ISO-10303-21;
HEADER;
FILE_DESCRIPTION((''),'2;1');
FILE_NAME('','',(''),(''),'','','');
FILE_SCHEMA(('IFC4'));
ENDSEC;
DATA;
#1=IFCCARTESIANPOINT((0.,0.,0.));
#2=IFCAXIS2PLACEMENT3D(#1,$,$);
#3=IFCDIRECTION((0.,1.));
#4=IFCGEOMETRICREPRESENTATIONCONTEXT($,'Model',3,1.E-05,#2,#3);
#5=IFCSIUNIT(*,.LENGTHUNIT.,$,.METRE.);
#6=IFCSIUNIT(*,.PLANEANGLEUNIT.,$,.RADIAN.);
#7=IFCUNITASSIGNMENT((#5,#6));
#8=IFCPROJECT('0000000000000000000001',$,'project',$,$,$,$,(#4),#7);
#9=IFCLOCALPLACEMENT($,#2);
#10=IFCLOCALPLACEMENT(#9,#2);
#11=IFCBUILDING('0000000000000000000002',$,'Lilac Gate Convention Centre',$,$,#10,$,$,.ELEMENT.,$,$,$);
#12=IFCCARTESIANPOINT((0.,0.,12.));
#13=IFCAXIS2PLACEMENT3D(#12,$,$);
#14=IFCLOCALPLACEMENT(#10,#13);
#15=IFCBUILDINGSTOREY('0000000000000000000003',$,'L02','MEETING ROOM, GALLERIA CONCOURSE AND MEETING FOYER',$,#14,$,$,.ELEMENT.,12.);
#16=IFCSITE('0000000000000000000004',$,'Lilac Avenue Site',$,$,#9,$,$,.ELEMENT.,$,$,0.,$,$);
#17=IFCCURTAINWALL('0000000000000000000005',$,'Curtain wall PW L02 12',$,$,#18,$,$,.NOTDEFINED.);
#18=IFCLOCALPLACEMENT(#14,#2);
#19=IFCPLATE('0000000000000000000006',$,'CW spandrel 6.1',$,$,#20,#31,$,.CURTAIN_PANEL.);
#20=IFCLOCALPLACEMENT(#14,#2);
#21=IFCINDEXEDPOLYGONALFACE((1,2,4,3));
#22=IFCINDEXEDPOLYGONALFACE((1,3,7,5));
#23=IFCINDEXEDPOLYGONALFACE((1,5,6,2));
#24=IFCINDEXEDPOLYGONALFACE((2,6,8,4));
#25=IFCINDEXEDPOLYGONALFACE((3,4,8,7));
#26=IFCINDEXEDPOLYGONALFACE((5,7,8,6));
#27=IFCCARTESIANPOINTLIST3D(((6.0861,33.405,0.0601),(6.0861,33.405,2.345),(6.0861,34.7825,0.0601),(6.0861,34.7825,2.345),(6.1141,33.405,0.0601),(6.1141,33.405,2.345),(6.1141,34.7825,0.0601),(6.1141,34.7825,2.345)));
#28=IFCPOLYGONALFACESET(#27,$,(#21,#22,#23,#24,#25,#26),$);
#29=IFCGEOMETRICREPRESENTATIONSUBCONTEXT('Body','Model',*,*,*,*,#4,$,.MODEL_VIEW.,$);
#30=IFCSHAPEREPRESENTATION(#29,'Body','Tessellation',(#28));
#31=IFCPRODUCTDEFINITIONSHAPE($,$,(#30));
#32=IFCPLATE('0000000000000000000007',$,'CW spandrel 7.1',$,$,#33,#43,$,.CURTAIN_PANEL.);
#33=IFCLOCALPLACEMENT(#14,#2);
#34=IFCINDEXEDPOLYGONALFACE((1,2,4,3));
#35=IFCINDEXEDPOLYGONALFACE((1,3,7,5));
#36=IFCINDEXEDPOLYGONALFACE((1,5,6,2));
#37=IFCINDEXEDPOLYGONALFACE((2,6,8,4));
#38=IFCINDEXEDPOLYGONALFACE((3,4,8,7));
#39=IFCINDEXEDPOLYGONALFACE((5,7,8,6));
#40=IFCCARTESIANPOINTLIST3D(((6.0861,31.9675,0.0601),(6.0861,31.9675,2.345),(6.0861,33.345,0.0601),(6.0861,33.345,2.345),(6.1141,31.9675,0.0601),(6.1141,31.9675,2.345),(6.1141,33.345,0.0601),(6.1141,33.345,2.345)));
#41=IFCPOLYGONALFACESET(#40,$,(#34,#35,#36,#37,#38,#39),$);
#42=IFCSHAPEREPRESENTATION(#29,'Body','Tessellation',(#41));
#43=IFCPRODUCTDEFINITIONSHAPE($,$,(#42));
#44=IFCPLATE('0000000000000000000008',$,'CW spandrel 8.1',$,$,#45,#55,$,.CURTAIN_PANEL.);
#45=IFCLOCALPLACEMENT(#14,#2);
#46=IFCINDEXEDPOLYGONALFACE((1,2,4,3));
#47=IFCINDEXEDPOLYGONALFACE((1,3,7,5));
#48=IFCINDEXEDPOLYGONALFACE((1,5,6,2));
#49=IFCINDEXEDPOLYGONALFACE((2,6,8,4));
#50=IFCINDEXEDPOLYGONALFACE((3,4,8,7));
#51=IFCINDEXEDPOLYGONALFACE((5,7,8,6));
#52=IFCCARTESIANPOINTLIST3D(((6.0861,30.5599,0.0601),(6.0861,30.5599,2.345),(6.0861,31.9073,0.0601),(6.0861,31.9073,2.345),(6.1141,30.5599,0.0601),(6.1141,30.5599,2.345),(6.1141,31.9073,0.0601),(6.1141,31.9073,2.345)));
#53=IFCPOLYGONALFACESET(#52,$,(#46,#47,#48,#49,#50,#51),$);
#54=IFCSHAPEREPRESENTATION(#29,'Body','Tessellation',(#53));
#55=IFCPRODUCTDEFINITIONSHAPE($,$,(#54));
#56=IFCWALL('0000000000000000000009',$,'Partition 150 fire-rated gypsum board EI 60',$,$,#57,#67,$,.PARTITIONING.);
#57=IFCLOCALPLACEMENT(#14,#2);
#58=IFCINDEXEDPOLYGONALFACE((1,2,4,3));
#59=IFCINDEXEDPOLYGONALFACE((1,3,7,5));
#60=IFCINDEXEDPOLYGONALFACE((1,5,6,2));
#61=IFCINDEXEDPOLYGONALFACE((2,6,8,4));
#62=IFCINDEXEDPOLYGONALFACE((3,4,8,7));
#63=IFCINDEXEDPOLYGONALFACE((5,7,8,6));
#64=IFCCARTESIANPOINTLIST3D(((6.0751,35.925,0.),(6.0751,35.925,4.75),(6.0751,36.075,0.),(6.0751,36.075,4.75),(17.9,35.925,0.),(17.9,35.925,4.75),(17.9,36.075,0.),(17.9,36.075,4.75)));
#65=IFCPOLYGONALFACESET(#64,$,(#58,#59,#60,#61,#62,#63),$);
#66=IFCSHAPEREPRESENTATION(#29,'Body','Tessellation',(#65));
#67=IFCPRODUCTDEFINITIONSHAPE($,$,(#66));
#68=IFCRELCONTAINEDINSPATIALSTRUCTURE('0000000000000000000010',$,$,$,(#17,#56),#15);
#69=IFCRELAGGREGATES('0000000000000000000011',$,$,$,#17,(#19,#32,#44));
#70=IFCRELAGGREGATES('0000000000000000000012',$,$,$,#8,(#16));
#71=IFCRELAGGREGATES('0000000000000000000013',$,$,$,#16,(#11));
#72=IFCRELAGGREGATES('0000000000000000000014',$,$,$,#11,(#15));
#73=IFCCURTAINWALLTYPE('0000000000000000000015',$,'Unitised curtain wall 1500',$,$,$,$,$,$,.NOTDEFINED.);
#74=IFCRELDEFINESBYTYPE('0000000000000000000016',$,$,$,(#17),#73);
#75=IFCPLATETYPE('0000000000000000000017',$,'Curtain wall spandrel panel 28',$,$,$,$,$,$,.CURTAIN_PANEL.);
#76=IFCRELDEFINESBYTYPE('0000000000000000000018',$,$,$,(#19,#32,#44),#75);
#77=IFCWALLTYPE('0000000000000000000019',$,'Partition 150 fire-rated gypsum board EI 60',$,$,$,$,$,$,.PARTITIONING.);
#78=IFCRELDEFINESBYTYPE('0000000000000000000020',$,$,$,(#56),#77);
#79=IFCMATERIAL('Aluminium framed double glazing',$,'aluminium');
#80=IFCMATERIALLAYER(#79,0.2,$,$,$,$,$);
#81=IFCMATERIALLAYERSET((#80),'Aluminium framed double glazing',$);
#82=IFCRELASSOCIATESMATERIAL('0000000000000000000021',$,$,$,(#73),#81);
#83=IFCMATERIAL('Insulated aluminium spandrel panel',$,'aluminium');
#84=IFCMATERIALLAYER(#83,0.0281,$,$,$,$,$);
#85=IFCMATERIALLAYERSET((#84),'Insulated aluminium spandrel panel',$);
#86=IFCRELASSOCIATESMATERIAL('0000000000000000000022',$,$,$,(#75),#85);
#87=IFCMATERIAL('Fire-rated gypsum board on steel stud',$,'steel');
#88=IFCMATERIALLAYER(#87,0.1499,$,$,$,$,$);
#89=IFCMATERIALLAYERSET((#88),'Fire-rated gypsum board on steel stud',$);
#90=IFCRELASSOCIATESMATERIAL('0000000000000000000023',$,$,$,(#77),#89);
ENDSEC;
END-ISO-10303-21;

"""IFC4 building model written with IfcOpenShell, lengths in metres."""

from ifc_helpers import new_model, si_unit, direction, frame, frame_2d, origin, origin_2d, place, context, subcontext, project, spatial, rectangle, extrude, material, layer, layer_set, type_object, element, aggregate, save


model = new_model("IFC4")

# Units and contexts
model_context = context("Model", 3, precision=1e-05, world=origin(), true_north=direction((0.0, 1.0)))
body_context = subcontext(model_context, "Body", "Model", "MODEL_VIEW")
ifc_project = project(units=[si_unit("LENGTHUNIT", "METRE"), si_unit("PLANEANGLEUNIT", "RADIAN")], contexts=[model_context])

# Site, building, storey
site_placement = place(None, origin())
site = spatial("IfcSite", under=ifc_project, at=site_placement, Name="Lilac Avenue Site", CompositionType="ELEMENT", RefElevation=0.0)
building_placement = place(site_placement, origin())
building = spatial("IfcBuilding", under=site, at=building_placement, Name="Lilac Gate Convention Centre", CompositionType="ELEMENT")
storey_placement = place(building_placement, frame((0.0, 0.0, 12.0)))
storey = spatial("IfcBuildingStorey", under=building, at=storey_placement, Name="L02", Description="MEETING ROOM, GALLERIA CONCOURSE AND MEETING FOYER", CompositionType="ELEMENT", Elevation=12.0)

# Curtain wall
ifc_material_1 = material(Name="Aluminium framed double glazing", Category="aluminium")
ifc_layer_1 = layer(ifc_material_1, 0.2)
ifc_layer_set_1 = layer_set([ifc_layer_1], Name="Aluminium framed double glazing")
curtain_wall_type = type_object("IfcCurtainWallType", Name="Unitised curtain wall 1500", PredefinedType="NOTDEFINED", material=ifc_layer_set_1)
curtain_wall_placement = place(storey_placement, origin())
curtain_wall = element("IfcCurtainWall", 1, at=curtain_wall_placement, inside=storey, type_object=curtain_wall_type, Name="Curtain wall PW L02 12", PredefinedType="NOTDEFINED")

# Plates
ifc_material_2 = material(Name="Insulated aluminium spandrel panel", Category="aluminium")
ifc_layer_2 = layer(ifc_material_2, 0.0281)
ifc_layer_set_2 = layer_set([ifc_layer_2], Name="Insulated aluminium spandrel panel")
plate_type_1 = type_object("IfcPlateType", Name="Curtain wall spandrel panel 28", PredefinedType="CURTAIN_PANEL", material=ifc_layer_set_2)
plate_1_placement = place(storey_placement, frame((6.1001, 34.0938, 0.0601), z_axis=(0.0, 0.0, 1.0), x_axis=(0.0, -1.0, 0.0)))
plate_1 = element("IfcPlate", 2, at=plate_1_placement, type_object=plate_type_1, Name="CW spandrel 6.1", PredefinedType="CURTAIN_PANEL", context=body_context, shape_type="SweptSolid", body=[
    extrude(rectangle(XDim=1.3774, YDim=0.0281, at=origin_2d()), origin(), (0.0, 0.0, 1.0), 2.2849),
])
plate_2_placement = place(storey_placement, frame((6.1001, 32.6562, 0.0601), z_axis=(0.0, 0.0, 1.0), x_axis=(0.0, -1.0, 0.0)))
plate_2 = element("IfcPlate", 3, at=plate_2_placement, type_object=plate_type_1, Name="CW spandrel 7.1", PredefinedType="CURTAIN_PANEL", context=body_context, shape_type="SweptSolid", body=[
    extrude(rectangle(XDim=1.3774, YDim=0.0281, at=origin_2d()), origin(), (0.0, 0.0, 1.0), 2.2849),
])
plate_3_placement = place(storey_placement, frame((6.1001, 31.2336, 0.0601), z_axis=(0.0, 0.0, 1.0), x_axis=(0.0, -1.0, 0.0)))
plate_3 = element("IfcPlate", 4, at=plate_3_placement, type_object=plate_type_1, Name="CW spandrel 8.1", PredefinedType="CURTAIN_PANEL", context=body_context, shape_type="SweptSolid", body=[
    extrude(rectangle(XDim=1.3474, YDim=0.0281, at=origin_2d()), origin(), (0.0, 0.0, 1.0), 2.2849),
])
aggregate(curtain_wall, [plate_1, plate_2, plate_3])

# Wall
ifc_material_3 = material(Name="Fire-rated gypsum board on steel stud", Category="steel")
ifc_layer_3 = layer(ifc_material_3, 0.1499)
ifc_layer_set_3 = layer_set([ifc_layer_3], Name="Fire-rated gypsum board on steel stud")
wall_type = type_object("IfcWallType", Name="Partition 150 fire-rated gypsum board EI 60", PredefinedType="PARTITIONING", material=ifc_layer_set_3)
wall_placement = place(storey_placement, frame((6.075, 36.0, 0.0), z_axis=(0.0, 0.0, 1.0), x_axis=(1.0, 0.0, 0.0)))
element("IfcWall", 5, at=wall_placement, inside=storey, type_object=wall_type, Name="Partition 150 fire-rated gypsum board EI 60", PredefinedType="PARTITIONING", context=body_context, shape_type="SweptSolid", body=[
    extrude(rectangle(XDim=11.825, YDim=0.1499, at=frame_2d((5.9126, 0.0))), origin(), (0.0, 0.0, 1.0), 4.75),
])

save(model, "model.ifc")
